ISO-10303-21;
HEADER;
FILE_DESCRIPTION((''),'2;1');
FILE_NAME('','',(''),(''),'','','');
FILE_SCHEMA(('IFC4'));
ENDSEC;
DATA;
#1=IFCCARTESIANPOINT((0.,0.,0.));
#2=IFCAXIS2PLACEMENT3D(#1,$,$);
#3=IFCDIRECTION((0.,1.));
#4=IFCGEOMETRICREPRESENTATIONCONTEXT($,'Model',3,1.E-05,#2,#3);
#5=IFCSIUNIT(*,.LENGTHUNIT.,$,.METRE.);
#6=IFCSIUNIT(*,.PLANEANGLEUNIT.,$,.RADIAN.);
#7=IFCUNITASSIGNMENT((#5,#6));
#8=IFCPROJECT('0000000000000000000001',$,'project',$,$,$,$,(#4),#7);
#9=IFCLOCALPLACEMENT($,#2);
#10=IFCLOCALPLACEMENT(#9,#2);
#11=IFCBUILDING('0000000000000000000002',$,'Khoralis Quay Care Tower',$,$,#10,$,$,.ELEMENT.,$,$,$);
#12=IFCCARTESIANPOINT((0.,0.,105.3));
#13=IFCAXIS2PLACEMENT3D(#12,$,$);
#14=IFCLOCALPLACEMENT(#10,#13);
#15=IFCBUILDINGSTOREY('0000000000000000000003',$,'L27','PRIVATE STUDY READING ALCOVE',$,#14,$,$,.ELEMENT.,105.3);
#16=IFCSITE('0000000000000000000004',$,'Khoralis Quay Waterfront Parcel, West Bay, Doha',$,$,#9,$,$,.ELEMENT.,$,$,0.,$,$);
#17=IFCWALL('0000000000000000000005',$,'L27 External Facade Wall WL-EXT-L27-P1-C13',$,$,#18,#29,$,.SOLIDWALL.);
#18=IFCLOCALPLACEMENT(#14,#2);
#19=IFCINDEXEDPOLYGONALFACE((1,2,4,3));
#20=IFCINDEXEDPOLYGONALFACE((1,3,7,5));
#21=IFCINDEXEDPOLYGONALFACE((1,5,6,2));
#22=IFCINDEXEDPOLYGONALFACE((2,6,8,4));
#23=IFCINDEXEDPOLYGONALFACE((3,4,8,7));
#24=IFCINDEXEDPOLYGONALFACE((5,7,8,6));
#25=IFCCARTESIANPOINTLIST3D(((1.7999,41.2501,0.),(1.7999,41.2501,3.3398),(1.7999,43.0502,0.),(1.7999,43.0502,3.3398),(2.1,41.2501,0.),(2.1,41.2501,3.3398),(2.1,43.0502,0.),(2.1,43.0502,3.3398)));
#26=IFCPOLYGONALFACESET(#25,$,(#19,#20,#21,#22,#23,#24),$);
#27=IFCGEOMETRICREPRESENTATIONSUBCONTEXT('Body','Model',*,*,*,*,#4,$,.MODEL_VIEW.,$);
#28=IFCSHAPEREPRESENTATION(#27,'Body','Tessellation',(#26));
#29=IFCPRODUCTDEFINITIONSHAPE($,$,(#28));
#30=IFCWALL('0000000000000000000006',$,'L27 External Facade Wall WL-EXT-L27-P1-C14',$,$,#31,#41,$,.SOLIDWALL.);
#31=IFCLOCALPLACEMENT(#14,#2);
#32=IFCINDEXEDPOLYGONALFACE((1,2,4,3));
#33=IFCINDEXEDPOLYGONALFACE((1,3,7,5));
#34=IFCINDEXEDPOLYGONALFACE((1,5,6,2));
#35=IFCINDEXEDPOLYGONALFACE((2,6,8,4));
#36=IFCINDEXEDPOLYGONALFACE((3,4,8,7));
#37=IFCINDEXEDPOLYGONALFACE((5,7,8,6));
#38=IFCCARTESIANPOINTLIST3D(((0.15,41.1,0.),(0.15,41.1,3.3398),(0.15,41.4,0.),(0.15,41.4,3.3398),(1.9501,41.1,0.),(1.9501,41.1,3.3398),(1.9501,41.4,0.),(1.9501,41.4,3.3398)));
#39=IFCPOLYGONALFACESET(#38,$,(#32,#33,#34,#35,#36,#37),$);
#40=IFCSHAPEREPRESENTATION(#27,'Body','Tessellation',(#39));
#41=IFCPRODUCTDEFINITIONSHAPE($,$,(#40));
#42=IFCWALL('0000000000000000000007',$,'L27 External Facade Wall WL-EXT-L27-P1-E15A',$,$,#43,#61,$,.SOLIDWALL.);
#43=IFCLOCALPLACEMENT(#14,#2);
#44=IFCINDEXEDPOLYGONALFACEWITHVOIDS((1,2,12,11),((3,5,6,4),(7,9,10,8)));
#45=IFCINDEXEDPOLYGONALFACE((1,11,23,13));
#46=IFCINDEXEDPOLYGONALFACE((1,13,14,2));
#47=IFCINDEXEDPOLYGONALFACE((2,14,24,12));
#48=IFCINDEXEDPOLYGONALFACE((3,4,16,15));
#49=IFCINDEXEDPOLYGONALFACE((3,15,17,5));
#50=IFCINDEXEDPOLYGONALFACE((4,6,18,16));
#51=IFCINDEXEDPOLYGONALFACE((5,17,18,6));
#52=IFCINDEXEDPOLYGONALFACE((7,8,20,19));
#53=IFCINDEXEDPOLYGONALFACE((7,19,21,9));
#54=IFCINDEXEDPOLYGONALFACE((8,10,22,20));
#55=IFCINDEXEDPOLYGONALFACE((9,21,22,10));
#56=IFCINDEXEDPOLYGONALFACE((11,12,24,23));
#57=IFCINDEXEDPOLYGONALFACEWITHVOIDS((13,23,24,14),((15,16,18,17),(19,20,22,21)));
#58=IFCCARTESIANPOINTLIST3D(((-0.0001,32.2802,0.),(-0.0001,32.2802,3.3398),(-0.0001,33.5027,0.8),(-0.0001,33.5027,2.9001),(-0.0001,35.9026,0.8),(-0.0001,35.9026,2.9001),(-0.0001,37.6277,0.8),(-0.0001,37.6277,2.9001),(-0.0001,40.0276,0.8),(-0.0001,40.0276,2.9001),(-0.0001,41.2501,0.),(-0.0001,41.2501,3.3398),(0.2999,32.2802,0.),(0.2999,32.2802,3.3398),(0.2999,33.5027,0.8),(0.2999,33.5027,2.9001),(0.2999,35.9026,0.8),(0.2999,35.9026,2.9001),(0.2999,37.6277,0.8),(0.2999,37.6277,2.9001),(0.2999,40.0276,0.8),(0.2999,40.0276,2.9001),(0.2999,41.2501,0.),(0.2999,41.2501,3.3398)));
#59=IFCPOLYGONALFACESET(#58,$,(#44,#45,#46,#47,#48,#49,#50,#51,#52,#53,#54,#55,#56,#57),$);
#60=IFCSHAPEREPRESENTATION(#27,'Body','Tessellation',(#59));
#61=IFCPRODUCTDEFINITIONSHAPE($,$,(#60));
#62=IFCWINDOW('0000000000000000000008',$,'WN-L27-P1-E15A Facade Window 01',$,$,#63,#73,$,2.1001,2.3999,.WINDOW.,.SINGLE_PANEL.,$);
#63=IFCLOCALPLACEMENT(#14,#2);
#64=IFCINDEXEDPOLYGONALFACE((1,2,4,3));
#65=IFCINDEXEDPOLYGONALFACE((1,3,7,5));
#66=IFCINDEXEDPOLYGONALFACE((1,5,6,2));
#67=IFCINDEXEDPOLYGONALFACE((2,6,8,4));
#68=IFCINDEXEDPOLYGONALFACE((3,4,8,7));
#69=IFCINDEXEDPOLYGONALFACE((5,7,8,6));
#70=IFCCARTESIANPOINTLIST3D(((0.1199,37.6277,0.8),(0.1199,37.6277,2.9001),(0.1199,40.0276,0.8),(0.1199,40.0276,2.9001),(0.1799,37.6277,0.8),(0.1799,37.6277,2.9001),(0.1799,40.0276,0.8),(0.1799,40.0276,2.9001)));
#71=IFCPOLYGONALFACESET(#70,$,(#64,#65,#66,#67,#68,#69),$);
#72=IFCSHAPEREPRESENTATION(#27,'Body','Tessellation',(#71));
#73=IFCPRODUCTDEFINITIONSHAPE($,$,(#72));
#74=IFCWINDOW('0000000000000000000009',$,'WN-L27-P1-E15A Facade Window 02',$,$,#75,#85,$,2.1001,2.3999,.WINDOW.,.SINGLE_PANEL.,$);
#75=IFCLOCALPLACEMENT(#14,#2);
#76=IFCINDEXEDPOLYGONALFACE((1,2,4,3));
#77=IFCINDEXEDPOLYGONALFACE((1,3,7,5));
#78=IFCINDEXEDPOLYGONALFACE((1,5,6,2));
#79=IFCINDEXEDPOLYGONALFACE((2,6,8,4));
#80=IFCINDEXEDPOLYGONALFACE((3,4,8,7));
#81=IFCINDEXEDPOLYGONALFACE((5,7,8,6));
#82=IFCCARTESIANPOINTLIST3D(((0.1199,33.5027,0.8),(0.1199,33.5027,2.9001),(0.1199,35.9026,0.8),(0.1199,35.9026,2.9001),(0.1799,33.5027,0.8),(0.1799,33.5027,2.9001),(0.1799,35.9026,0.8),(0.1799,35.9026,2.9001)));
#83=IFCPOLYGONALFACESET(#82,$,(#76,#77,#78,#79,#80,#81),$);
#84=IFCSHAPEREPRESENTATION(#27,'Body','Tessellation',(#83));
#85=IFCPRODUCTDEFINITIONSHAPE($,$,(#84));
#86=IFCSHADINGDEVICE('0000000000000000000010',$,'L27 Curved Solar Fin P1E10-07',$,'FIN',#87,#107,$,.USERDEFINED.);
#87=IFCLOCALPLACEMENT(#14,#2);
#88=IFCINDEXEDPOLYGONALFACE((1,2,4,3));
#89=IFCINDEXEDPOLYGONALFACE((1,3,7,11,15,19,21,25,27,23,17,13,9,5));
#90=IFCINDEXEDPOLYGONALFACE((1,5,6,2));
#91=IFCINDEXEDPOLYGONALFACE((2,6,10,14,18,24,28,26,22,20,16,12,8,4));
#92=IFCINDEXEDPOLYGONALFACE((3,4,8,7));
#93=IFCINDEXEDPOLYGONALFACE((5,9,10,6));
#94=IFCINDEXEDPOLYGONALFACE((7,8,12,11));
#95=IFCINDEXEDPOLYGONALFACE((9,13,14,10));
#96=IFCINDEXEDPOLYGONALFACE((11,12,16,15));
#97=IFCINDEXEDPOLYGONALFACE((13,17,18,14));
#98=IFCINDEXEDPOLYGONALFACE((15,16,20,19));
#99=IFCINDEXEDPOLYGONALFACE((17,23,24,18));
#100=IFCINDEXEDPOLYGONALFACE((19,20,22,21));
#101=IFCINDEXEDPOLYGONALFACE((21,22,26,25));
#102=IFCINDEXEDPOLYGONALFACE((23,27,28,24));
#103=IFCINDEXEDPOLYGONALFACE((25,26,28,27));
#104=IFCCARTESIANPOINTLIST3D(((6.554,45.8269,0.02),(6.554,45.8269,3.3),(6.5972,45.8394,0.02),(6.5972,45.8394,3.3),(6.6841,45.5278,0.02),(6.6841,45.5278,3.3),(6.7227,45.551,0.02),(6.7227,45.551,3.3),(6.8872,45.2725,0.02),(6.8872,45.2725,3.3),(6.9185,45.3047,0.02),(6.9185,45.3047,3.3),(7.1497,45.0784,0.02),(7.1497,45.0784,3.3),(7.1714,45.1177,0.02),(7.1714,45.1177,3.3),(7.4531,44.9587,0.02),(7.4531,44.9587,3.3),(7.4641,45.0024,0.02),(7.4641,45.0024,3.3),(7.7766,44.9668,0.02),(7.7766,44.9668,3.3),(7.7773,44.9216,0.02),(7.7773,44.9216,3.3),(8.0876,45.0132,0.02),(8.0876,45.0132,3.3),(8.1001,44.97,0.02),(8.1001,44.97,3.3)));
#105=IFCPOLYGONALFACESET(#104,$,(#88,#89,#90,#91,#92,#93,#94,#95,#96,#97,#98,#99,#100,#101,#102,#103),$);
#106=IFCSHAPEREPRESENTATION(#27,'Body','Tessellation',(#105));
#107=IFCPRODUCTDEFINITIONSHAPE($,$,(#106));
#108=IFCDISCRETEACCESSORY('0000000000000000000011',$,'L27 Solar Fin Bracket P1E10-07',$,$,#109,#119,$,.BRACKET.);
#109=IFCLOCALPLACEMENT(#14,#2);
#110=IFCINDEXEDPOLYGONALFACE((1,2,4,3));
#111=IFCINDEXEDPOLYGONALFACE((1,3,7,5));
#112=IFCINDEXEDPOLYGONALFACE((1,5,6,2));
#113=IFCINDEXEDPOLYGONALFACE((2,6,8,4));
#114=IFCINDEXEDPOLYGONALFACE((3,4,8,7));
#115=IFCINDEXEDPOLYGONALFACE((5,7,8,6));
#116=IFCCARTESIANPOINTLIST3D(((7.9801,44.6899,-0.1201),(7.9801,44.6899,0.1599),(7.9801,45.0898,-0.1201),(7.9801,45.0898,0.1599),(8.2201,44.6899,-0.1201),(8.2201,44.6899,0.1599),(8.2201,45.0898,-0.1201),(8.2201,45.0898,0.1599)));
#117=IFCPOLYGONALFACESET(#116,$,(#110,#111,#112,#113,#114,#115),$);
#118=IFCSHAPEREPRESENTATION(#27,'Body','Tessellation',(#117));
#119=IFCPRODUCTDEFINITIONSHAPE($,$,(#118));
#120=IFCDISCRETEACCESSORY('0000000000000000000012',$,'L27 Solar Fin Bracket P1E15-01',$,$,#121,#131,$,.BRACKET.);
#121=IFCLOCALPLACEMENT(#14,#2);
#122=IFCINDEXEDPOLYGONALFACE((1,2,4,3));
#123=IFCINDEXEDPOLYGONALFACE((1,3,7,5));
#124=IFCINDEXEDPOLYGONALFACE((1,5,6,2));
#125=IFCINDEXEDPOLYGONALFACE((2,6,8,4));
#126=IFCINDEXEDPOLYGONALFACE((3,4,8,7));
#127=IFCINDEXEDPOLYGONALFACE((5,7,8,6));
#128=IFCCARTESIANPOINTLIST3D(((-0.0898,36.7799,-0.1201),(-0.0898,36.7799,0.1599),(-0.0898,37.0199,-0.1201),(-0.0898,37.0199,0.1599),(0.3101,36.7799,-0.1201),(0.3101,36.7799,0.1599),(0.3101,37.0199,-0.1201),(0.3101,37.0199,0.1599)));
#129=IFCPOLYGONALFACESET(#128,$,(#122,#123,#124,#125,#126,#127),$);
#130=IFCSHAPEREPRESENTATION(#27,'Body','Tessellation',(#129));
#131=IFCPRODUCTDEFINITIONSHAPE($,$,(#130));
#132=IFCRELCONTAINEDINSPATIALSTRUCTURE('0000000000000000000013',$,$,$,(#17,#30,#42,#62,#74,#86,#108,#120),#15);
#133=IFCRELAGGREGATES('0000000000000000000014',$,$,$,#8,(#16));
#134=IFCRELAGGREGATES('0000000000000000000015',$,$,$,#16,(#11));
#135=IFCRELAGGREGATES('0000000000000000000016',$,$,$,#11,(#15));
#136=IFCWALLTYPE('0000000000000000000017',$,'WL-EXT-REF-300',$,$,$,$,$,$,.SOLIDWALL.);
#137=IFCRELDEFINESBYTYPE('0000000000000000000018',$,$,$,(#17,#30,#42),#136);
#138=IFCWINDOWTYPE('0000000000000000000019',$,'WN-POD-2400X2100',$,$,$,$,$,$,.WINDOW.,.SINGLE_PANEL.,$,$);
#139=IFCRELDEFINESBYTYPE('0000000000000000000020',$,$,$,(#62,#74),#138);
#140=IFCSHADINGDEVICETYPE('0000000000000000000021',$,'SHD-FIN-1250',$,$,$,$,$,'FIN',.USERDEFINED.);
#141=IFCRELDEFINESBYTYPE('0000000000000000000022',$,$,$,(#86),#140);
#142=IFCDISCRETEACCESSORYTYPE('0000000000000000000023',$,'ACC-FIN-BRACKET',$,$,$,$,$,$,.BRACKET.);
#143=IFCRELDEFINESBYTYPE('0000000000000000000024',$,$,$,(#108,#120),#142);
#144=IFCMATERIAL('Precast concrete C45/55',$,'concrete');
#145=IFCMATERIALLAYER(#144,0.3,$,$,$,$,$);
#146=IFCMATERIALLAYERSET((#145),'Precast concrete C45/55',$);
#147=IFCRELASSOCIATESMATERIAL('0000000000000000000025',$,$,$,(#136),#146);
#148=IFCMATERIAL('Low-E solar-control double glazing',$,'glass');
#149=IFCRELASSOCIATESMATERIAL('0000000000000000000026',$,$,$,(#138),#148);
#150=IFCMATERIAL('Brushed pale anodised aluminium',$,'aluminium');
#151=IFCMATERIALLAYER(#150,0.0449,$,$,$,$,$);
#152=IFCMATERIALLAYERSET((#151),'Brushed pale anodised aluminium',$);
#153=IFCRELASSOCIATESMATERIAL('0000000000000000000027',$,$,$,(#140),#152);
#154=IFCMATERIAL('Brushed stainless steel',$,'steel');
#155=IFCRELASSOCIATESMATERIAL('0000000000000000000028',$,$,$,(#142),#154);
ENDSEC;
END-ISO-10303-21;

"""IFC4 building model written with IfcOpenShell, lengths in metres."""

from ifc_helpers import new_model, si_unit, direction, frame, frame_2d, origin, origin_2d, place, context, subcontext, project, spatial, polyline, rectangle, outline, extrude, source, transform, mapped, material, layer, layer_set, type_object, element, fill, save


model = new_model("IFC4")

# Units and contexts
model_context = context("Model", 3, precision=1e-05, world=origin(), true_north=direction((0.0, 1.0)))
body_context = subcontext(model_context, "Body", "Model", "MODEL_VIEW")
ifc_project = project(units=[si_unit("LENGTHUNIT", "METRE"), si_unit("PLANEANGLEUNIT", "RADIAN")], contexts=[model_context])

# Site, building, storey
site_placement = place(None, origin())
site = spatial("IfcSite", under=ifc_project, at=site_placement, Name="Khoralis Quay Waterfront Parcel, West Bay, Doha", CompositionType="ELEMENT", RefElevation=0.0)
building_placement = place(site_placement, origin())
building = spatial("IfcBuilding", under=site, at=building_placement, Name="Khoralis Quay Care Tower", CompositionType="ELEMENT")
storey_placement = place(building_placement, frame((0.0, 0.0, 105.3)))
storey = spatial("IfcBuildingStorey", under=building, at=storey_placement, Name="L27", Description="PRIVATE STUDY READING ALCOVE", CompositionType="ELEMENT", Elevation=105.3)

# Walls
ifc_material_1 = material(Name="Precast concrete C45/55", Category="concrete")
ifc_layer_1 = layer(ifc_material_1, 0.3)
ifc_layer_set_1 = layer_set([ifc_layer_1], Name="Precast concrete C45/55")
wall_type = type_object("IfcWallType", Name="WL-EXT-REF-300", PredefinedType="SOLIDWALL", material=ifc_layer_set_1)
for number, where, z_axis, x_axis, name in (
    (1, (1.95, 43.05, 0.0), (0.0, 0.0, 1.0), (0.0, -1.0, 0.0), "L27 External Facade Wall WL-EXT-L27-P1-C13"),
    (2, (1.95, 41.25, 0.0), (0.0, 0.0, 1.0), (-1.0, 0.0, 0.0), "L27 External Facade Wall WL-EXT-L27-P1-C14"),
):
    element("IfcWall", number, at=place(storey_placement, frame(where, z_axis=z_axis, x_axis=x_axis)), inside=storey, type_object=wall_type, Name=name, PredefinedType="SOLIDWALL", context=body_context, shape_type="SweptSolid", body=[
        extrude(rectangle(XDim=1.8, YDim=0.3, at=frame_2d((0.8999, 0.0))), origin(), (0.0, 0.0, 1.0), 3.3398),
    ])

# Wall, openings, windows
wall_placement = place(storey_placement, frame((0.1499, 41.25, 0.0), z_axis=(0.0, 0.0, 1.0), x_axis=(0.0, -1.0, 0.0)))
wall = element("IfcWall", 3, at=wall_placement, inside=storey, type_object=wall_type, Name="L27 External Facade Wall WL-EXT-L27-P1-E15A", PredefinedType="SOLIDWALL", context=body_context, shape_type="SweptSolid", body=[
    extrude(rectangle(XDim=8.97, YDim=0.3, at=frame_2d((4.4849, 0.0))), origin(), (0.0, 0.0, 1.0), 3.3398),
])
opening_1_placement = place(wall_placement, frame((1.2224, 0.0, 0.8)))
opening_1 = element("IfcOpeningElement", 4, at=opening_1_placement, cuts=wall, PredefinedType="OPENING", context=body_context, shape_type="SweptSolid", body=[
    extrude(rectangle(XDim=2.3999, YDim=2.1001, at=frame_2d((1.2, 1.05))), frame((0.0, 0.1602, 0.0), z_axis=(0.0, -1.0, 0.0), x_axis=(1.0, 0.0, 0.0)), (0.0, 0.0, 1.0), 0.3201),
])
opening_2_placement = place(wall_placement, frame((5.3474, 0.0, 0.8)))
opening_2 = element("IfcOpeningElement", 5, at=opening_2_placement, cuts=wall, PredefinedType="OPENING", context=body_context, shape_type="SweptSolid", body=[
    extrude(rectangle(XDim=2.3999, YDim=2.1001, at=frame_2d((1.2, 1.05))), frame((0.0, 0.1602, 0.0), z_axis=(0.0, -1.0, 0.0), x_axis=(1.0, 0.0, 0.0)), (0.0, 0.0, 1.0), 0.3201),
])
ifc_material_2 = material(Name="Low-E solar-control double glazing", Category="glass")
window_type = type_object("IfcWindowType", Name="WN-POD-2400X2100", PartitioningType="SINGLE_PANEL", PredefinedType="WINDOW", material=ifc_material_2)
shared_shape_1 = source(origin(), body_context, "Body", "SweptSolid", [
    extrude(rectangle(XDim=2.3999, YDim=2.1001, at=frame_2d((1.2, 1.05))), frame((0.0, 0.03, 0.0), z_axis=(0.0, -1.0, 0.0), x_axis=(1.0, 0.0, 0.0)), (0.0, 0.0, 1.0), 0.0601),
])
window_1_placement = place(opening_1_placement, origin())
window_1 = element("IfcWindow", 6, at=window_1_placement, inside=storey, type_object=window_type, Name="WN-L27-P1-E15A Facade Window 01", OverallHeight=2.1001, OverallWidth=2.3999, PartitioningType="SINGLE_PANEL", PredefinedType="WINDOW", context=body_context, shape_type="MappedRepresentation", body=[
    mapped(shared_shape_1, transform((0.0, 0.0, 0.0), scale=1.0)),
])
fill(opening_1, window_1)
window_2_placement = place(opening_2_placement, origin())
window_2 = element("IfcWindow", 7, at=window_2_placement, inside=storey, type_object=window_type, Name="WN-L27-P1-E15A Facade Window 02", OverallHeight=2.1001, OverallWidth=2.3999, PartitioningType="SINGLE_PANEL", PredefinedType="WINDOW", context=body_context, shape_type="MappedRepresentation", body=[
    mapped(shared_shape_1, transform((0.0, 0.0, 0.0), scale=1.0)),
])
fill(opening_2, window_2)

# Shading device
ifc_material_3 = material(Name="Brushed pale anodised aluminium", Category="aluminium")
ifc_layer_2 = layer(ifc_material_3, 0.0449)
ifc_layer_set_2 = layer_set([ifc_layer_2], Name="Brushed pale anodised aluminium")
shading_device_type = type_object("IfcShadingDeviceType", Name="SHD-FIN-1250", ElementType="FIN", PredefinedType="USERDEFINED", material=ifc_layer_set_2)
shared_shape_2 = source(origin(), body_context, "Body", "SweptSolid", [
    extrude(outline(polyline([(0.0, 0.0), (-0.0483, 0.3228), (-0.0112, 0.647), (0.1084, 0.9504), (0.3025, 1.2129), (0.5579, 1.416), (0.8569, 1.5461), (0.8694, 1.5029), (0.5811, 1.3774), (0.3347, 1.1816), (0.1477, 0.9287), (0.0325, 0.636), (-0.0032, 0.3235), (0.0432, 0.0125), (0.0, 0.0)])), origin(), (0.0, 0.0, 1.0), 3.28),
])
shading_device_placement = place(storey_placement, frame((8.1001, 44.97, 0.02), z_axis=(0.0, 0.0, 1.0), x_axis=(0.0, 1.0, 0.0)))
element("IfcShadingDevice", 8, at=shading_device_placement, inside=storey, type_object=shading_device_type, Name="L27 Curved Solar Fin P1E10-07", ObjectType="FIN", PredefinedType="USERDEFINED", context=body_context, shape_type="MappedRepresentation", body=[
    mapped(shared_shape_2, transform((0.0, 0.0, 0.0), scale=1.0)),
])

# Discrete accessories
ifc_material_4 = material(Name="Brushed stainless steel", Category="steel")
discrete_accessory_type = type_object("IfcDiscreteAccessoryType", Name="ACC-FIN-BRACKET", PredefinedType="BRACKET", material=ifc_material_4)
shared_shape_3 = source(origin(), body_context, "Body", "SweptSolid", [
    extrude(rectangle(XDim=0.3999, YDim=0.24, at=origin_2d()), origin(), (0.0, 0.0, 1.0), 0.28),
])
for number, where, z_axis, x_axis, name in (
    (9, (8.1001, 44.8899, -0.1201), (0.0, 0.0, 1.0), (0.0, 1.0, 0.0), "L27 Solar Fin Bracket P1E10-07"),
    (10, (0.1101, 36.8999, -0.1201), (0.0, 0.0, 1.0), (-1.0, 0.0, 0.0), "L27 Solar Fin Bracket P1E15-01"),
):
    element("IfcDiscreteAccessory", number, at=place(storey_placement, frame(where, z_axis=z_axis, x_axis=x_axis)), inside=storey, type_object=discrete_accessory_type, Name=name, PredefinedType="BRACKET", context=body_context, shape_type="MappedRepresentation", body=[
        mapped(shared_shape_3, transform((0.0, 0.0, 0.0), scale=1.0)),
    ])

save(model, "model.ifc")
